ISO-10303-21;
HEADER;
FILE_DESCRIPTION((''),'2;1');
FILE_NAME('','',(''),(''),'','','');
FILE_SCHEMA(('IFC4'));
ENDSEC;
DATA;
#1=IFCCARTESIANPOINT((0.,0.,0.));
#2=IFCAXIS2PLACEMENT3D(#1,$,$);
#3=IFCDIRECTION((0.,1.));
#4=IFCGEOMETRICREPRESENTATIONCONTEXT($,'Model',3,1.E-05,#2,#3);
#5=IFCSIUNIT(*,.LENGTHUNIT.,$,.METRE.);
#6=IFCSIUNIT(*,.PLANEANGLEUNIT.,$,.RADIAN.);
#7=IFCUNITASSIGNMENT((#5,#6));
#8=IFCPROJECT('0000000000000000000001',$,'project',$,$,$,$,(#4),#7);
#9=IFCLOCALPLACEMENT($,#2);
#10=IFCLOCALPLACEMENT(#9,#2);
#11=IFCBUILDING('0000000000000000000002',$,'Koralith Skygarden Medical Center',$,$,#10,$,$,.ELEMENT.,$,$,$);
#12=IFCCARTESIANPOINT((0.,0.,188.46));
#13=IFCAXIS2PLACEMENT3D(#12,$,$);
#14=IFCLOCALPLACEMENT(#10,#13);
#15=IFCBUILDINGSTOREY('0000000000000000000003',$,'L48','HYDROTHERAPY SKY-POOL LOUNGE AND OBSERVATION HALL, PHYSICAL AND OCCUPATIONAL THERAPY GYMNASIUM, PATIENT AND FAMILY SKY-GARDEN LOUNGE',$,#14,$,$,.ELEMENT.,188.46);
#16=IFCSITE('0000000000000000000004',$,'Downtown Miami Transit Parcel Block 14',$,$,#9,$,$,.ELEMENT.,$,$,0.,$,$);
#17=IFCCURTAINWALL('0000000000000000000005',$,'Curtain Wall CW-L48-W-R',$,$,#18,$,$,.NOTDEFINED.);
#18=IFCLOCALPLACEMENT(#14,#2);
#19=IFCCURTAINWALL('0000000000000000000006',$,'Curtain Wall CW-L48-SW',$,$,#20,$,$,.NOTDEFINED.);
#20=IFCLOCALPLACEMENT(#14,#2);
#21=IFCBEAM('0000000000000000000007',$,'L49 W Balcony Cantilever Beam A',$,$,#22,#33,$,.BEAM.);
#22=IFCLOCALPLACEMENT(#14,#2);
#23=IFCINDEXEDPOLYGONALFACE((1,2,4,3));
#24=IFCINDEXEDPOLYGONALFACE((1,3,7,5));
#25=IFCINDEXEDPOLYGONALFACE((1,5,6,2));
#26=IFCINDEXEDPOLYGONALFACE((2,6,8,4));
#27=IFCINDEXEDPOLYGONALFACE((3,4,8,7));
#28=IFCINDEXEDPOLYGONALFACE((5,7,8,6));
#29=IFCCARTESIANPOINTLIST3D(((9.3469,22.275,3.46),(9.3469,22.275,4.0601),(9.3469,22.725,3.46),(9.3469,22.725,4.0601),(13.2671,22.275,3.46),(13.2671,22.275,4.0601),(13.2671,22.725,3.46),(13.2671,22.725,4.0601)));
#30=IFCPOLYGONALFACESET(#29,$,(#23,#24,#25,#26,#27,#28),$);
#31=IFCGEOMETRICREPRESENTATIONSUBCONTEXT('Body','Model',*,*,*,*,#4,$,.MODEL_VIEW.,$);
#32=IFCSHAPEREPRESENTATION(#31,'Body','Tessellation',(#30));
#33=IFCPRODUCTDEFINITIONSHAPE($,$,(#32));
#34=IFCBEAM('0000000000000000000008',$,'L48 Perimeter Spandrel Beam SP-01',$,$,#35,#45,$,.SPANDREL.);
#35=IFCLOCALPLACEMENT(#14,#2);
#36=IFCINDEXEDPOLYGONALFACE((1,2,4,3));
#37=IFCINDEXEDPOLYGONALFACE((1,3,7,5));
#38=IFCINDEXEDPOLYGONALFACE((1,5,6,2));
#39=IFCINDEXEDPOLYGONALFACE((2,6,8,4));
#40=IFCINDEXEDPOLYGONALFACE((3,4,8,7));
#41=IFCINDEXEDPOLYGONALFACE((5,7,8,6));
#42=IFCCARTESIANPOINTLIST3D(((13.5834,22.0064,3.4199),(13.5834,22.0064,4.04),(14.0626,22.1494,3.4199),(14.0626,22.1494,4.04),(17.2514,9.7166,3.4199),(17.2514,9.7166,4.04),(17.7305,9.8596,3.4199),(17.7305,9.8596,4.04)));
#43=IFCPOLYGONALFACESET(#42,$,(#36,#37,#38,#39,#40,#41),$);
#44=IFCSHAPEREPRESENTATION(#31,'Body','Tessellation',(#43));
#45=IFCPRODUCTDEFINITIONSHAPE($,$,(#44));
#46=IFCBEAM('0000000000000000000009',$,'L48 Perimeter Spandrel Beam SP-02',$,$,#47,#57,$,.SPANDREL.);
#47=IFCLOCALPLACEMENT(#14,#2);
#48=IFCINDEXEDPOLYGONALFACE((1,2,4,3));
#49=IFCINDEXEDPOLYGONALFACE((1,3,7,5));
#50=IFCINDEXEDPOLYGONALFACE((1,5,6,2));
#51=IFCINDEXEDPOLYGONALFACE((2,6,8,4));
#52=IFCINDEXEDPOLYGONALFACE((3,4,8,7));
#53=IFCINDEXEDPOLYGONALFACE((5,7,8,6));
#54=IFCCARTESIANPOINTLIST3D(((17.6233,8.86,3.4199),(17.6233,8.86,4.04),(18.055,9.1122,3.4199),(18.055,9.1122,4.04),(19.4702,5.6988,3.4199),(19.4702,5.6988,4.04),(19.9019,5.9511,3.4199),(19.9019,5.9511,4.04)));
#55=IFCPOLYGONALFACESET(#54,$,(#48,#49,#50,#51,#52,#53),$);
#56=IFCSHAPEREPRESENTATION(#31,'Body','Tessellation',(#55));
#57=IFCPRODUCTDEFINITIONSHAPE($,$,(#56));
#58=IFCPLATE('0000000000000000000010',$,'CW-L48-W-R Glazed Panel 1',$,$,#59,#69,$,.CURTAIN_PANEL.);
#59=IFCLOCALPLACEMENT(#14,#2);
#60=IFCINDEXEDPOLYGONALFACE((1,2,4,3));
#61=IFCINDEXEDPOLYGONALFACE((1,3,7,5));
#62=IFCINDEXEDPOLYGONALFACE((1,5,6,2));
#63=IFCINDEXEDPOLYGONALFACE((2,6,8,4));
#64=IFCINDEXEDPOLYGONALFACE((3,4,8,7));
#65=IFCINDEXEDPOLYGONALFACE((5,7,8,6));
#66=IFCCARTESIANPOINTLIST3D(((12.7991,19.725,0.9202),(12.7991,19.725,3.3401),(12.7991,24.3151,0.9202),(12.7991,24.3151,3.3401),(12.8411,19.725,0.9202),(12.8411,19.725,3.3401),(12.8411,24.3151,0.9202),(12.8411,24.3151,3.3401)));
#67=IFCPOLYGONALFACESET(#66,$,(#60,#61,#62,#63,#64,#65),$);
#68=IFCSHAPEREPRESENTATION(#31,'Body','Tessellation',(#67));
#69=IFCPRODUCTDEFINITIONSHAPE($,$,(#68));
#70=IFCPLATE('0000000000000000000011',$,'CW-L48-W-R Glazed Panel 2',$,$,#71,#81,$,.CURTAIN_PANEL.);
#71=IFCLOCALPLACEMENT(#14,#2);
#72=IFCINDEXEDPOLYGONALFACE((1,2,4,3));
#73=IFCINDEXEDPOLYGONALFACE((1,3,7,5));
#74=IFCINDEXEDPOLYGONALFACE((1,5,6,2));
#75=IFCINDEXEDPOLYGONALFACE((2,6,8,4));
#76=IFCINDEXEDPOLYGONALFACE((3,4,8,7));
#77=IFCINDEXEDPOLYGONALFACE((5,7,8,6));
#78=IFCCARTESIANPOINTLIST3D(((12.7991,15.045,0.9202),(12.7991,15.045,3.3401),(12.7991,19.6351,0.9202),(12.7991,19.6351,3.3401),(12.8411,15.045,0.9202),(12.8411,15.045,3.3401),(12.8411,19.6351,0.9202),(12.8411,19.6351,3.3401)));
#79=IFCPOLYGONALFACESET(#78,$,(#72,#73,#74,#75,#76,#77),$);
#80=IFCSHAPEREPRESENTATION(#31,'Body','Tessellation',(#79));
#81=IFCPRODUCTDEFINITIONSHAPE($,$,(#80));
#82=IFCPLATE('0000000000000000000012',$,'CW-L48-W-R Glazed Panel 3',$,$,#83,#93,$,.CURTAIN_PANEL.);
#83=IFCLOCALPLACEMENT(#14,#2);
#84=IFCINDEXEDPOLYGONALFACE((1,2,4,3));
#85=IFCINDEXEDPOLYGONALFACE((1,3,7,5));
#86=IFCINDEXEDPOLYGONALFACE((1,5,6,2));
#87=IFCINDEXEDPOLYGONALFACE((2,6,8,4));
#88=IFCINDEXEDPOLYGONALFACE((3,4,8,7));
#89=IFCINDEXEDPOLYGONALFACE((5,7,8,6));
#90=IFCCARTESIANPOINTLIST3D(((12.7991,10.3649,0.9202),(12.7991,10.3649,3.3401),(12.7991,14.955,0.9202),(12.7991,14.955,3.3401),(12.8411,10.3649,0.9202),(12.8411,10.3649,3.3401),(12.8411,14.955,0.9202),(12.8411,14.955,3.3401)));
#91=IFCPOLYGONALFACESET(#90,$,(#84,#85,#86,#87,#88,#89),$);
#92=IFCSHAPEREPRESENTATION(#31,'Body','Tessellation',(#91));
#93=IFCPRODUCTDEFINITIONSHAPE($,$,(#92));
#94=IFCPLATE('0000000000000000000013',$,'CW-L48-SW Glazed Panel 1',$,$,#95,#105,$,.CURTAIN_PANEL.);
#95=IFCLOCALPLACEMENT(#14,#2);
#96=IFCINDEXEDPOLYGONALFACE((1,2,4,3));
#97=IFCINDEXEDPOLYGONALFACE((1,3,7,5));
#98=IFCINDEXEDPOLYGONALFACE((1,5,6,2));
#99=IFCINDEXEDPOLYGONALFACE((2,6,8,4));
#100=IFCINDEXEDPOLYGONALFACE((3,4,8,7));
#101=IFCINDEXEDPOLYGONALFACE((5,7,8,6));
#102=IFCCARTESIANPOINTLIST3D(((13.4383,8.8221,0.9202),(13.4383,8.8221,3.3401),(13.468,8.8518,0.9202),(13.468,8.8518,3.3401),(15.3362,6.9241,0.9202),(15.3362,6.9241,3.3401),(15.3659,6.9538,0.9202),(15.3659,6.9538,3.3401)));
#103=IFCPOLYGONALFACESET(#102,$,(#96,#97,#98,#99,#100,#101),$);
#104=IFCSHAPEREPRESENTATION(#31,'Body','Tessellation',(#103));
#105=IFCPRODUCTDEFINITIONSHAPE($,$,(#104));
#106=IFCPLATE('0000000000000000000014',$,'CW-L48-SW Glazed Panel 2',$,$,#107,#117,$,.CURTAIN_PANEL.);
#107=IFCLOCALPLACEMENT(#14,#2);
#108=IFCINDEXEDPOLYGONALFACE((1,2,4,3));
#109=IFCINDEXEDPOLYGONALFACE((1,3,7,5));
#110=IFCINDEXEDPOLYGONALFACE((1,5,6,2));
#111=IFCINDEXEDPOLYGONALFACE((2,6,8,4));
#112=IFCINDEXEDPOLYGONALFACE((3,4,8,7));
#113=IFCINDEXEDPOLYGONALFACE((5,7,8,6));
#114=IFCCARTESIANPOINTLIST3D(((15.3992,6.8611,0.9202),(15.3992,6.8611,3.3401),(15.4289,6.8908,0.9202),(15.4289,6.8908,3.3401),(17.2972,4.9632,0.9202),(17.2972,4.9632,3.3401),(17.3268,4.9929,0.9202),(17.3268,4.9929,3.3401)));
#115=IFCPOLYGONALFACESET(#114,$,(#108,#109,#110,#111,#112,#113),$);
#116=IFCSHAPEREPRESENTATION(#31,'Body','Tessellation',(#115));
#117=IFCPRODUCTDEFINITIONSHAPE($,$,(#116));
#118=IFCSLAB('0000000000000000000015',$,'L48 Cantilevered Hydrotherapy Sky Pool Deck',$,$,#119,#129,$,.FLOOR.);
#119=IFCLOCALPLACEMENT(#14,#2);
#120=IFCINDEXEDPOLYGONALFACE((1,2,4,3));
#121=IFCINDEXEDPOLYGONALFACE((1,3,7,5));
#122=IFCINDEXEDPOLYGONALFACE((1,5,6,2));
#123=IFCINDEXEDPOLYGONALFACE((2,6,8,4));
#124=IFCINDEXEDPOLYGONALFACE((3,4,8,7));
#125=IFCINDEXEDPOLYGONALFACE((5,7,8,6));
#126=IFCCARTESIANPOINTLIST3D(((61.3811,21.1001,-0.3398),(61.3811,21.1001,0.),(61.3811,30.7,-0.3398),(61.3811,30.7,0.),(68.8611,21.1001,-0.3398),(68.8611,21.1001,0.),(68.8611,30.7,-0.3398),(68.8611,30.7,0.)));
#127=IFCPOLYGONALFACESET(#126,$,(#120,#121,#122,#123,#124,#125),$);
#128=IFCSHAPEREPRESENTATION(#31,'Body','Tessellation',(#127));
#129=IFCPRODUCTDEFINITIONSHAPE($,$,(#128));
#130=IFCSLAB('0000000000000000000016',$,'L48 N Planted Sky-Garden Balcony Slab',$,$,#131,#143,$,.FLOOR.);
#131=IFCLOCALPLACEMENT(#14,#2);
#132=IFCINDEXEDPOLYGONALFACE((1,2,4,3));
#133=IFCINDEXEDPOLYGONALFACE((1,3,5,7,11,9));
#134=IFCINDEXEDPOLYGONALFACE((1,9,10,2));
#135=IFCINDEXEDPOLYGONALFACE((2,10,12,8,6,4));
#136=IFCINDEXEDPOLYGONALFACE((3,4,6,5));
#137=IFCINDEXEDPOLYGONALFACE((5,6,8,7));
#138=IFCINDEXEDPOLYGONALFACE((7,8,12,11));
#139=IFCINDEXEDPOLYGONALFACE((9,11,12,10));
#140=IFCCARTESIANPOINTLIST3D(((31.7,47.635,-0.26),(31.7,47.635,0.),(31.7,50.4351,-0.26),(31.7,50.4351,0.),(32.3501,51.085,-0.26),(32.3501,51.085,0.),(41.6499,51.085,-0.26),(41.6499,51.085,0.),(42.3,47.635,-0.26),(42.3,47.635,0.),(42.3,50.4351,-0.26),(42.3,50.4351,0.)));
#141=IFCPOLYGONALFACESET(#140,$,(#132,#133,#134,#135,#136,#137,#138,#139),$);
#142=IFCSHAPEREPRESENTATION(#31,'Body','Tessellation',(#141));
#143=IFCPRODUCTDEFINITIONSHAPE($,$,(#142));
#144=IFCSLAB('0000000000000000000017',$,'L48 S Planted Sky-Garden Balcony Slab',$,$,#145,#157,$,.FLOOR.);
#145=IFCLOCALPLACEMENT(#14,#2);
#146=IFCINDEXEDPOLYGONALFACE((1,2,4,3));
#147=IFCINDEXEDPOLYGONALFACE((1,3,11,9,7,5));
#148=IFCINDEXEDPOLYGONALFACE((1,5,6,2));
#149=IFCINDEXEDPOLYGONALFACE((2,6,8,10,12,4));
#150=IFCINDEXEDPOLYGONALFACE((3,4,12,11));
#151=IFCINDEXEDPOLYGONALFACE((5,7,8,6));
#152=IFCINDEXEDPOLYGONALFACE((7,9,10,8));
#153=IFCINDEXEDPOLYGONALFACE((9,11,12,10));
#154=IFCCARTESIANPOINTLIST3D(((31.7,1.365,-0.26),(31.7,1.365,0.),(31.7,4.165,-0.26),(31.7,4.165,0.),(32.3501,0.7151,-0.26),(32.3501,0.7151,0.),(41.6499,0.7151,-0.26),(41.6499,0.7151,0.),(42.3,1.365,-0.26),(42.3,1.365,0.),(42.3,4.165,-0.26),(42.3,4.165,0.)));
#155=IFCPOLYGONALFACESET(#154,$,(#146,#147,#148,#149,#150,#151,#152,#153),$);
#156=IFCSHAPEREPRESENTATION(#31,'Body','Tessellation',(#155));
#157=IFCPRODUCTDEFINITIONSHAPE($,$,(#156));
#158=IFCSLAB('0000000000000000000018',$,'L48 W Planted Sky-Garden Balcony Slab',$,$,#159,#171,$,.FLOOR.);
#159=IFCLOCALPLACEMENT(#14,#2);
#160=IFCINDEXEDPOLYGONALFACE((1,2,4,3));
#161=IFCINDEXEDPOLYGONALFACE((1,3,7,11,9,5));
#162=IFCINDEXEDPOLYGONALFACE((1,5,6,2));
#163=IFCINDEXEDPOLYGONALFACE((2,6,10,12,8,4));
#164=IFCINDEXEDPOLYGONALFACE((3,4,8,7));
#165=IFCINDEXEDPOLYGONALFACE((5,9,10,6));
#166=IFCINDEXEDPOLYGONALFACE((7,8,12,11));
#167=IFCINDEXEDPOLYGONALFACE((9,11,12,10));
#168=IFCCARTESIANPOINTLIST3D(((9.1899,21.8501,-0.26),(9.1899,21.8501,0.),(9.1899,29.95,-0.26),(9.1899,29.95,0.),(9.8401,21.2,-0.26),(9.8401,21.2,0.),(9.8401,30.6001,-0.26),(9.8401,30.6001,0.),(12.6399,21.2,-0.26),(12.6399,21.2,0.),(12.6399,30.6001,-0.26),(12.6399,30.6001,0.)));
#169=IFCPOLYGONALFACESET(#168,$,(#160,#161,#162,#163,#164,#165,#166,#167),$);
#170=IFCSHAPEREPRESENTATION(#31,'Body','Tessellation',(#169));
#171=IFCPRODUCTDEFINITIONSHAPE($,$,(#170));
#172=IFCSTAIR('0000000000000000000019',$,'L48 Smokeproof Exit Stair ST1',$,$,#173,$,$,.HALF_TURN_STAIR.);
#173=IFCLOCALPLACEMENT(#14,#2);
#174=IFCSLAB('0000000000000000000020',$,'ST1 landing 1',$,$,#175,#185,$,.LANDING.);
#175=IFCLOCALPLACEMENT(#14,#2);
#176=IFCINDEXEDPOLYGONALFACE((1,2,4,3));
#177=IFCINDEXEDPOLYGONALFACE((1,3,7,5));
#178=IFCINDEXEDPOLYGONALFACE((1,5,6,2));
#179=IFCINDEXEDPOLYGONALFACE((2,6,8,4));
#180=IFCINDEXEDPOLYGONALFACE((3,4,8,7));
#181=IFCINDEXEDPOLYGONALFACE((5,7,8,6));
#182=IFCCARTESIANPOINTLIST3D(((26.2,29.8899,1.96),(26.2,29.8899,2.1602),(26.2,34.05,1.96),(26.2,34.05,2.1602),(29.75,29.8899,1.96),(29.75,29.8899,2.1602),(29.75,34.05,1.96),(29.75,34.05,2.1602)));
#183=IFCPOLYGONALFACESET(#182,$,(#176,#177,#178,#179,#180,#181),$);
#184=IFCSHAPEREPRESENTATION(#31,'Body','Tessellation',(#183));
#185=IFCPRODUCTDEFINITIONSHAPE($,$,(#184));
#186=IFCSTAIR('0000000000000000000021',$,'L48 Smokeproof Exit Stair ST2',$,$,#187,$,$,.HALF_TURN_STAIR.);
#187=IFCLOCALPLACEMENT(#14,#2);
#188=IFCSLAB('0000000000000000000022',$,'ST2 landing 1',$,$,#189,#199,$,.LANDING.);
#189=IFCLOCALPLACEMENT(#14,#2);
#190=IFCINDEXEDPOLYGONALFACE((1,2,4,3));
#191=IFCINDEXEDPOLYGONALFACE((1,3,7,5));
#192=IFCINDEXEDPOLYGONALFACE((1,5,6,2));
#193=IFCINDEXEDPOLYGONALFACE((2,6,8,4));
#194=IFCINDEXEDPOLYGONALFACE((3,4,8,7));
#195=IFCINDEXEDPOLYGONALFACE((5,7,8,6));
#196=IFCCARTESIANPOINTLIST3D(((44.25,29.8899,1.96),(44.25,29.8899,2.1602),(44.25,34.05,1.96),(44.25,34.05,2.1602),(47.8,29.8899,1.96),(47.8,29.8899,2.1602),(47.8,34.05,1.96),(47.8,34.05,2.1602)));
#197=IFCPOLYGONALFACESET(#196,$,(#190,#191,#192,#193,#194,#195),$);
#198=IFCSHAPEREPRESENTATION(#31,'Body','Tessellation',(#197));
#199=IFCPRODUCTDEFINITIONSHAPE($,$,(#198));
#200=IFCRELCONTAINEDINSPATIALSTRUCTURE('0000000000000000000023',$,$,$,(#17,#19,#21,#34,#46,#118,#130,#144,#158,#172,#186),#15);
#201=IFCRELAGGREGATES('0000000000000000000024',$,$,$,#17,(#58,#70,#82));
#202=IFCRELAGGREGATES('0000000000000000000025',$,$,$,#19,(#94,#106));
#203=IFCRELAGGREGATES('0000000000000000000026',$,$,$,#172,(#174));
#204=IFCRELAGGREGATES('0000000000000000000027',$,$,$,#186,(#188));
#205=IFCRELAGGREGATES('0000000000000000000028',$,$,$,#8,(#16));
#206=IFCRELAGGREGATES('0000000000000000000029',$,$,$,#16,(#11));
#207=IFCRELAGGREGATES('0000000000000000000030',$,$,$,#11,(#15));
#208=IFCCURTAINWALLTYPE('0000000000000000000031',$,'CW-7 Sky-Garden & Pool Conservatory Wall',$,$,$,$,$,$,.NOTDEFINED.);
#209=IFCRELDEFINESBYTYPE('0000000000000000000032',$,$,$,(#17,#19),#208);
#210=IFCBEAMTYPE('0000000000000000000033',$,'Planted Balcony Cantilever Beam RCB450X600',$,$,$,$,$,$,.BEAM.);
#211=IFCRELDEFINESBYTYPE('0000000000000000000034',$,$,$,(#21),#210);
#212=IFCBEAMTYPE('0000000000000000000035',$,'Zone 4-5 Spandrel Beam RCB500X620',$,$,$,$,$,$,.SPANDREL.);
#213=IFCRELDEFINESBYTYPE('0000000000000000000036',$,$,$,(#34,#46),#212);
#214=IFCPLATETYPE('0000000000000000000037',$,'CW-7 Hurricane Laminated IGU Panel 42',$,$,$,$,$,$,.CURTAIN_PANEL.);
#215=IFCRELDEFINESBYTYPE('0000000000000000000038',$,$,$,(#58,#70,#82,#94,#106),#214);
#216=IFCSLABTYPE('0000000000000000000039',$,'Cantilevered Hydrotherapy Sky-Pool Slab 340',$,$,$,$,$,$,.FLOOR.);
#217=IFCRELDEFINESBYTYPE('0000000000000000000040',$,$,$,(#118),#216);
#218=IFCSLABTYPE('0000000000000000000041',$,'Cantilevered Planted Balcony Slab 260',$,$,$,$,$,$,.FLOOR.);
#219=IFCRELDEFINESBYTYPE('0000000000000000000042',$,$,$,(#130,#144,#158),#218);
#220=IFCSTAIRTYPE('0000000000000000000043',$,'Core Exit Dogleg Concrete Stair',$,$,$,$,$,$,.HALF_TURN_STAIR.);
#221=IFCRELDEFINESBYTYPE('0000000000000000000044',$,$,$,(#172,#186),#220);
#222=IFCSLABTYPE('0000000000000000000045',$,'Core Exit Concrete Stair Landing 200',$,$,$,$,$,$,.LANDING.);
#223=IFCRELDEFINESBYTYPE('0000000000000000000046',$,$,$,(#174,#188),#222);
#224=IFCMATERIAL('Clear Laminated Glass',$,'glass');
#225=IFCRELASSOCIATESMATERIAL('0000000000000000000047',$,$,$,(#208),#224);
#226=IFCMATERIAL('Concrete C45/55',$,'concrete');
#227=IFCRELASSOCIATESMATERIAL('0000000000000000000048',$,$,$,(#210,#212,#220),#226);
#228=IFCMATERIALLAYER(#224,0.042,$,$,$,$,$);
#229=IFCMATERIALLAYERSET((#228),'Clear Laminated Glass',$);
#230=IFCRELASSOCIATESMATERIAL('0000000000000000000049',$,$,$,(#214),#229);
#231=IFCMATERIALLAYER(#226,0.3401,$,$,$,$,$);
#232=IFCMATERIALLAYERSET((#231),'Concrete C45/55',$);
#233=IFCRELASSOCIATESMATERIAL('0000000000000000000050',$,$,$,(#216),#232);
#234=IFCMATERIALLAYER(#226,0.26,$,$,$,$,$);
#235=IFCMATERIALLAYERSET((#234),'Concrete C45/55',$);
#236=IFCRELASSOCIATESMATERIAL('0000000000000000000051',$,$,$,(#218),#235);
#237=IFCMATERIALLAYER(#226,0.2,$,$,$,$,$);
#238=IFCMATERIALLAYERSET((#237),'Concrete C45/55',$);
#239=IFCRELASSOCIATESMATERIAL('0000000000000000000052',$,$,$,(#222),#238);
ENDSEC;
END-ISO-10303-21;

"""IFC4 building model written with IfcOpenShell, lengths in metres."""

from ifc_helpers import new_model, si_unit, direction, frame, origin, origin_2d, place, context, subcontext, project, spatial, polyline, rectangle, outline, extrude, material, layer, layer_set, material_profile, profile_set, type_object, element, aggregate, save


model = new_model("IFC4")

# Units and contexts
model_context = context("Model", 3, precision=1e-05, world=origin(), true_north=direction((0.0, 1.0)))
body_context = subcontext(model_context, "Body", "Model", "MODEL_VIEW")
ifc_project = project(units=[si_unit("LENGTHUNIT", "METRE"), si_unit("PLANEANGLEUNIT", "RADIAN")], contexts=[model_context])

# Site, building, storey
site_placement = place(None, origin())
site = spatial("IfcSite", under=ifc_project, at=site_placement, Name="Downtown Miami Transit Parcel Block 14", CompositionType="ELEMENT", RefElevation=0.0)
building_placement = place(site_placement, origin())
building = spatial("IfcBuilding", under=site, at=building_placement, Name="Koralith Skygarden Medical Center", CompositionType="ELEMENT")
storey_placement = place(building_placement, frame((0.0, 0.0, 188.46)))
storey = spatial("IfcBuildingStorey", under=building, at=storey_placement, Name="L48", Description="HYDROTHERAPY SKY-POOL LOUNGE AND OBSERVATION HALL, PHYSICAL AND OCCUPATIONAL THERAPY GYMNASIUM, PATIENT AND FAMILY SKY-GARDEN LOUNGE", CompositionType="ELEMENT", Elevation=188.46)

# Curtain walls
ifc_material_1 = material(Name="Clear Laminated Glass", Category="glass")
curtain_wall_type = type_object("IfcCurtainWallType", Name="CW-7 Sky-Garden & Pool Conservatory Wall", PredefinedType="NOTDEFINED", material=ifc_material_1)
curtain_wall_1_placement = place(storey_placement, origin())
curtain_wall_1 = element("IfcCurtainWall", 1, at=curtain_wall_1_placement, inside=storey, type_object=curtain_wall_type, Name="Curtain Wall CW-L48-W-R", PredefinedType="NOTDEFINED")
curtain_wall_2_placement = place(storey_placement, origin())
curtain_wall_2 = element("IfcCurtainWall", 2, at=curtain_wall_2_placement, inside=storey, type_object=curtain_wall_type, Name="Curtain Wall CW-L48-SW", PredefinedType="NOTDEFINED")

# Beams
ifc_material_2 = material(Name="Concrete C45/55", Category="concrete")
ifc_material_profile_1 = material_profile(ifc_material_2, rectangle(XDim=0.45, YDim=0.6001, at=origin_2d()), Name="RCB450X600")
ifc_profile_set_1 = profile_set([ifc_material_profile_1], Name="Concrete C45/55")
beam_type_1 = type_object("IfcBeamType", Name="Planted Balcony Cantilever Beam RCB450X600", PredefinedType="BEAM", material=ifc_profile_set_1)
beam_1_placement = place(storey_placement, frame((13.2671, 22.5, 3.76), z_axis=(-1.0, 0.0, 0.0), x_axis=(0.0, -1.0, 0.0)))
element("IfcBeam", 3, at=beam_1_placement, inside=storey, type_object=beam_type_1, Name="L49 W Balcony Cantilever Beam A", PredefinedType="BEAM", context=body_context, shape_type="SweptSolid", body=[
    extrude(rectangle(XDim=0.45, YDim=0.6001, at=origin_2d()), origin(), (0.0, 0.0, 1.0), 3.9202),
])
ifc_material_profile_2 = material_profile(ifc_material_2, rectangle(XDim=0.5, YDim=0.6201, at=origin_2d()), Name="RCB500X620")
ifc_profile_set_2 = profile_set([ifc_material_profile_2], Name="Concrete C45/55")
beam_type_2 = type_object("IfcBeamType", Name="Zone 4-5 Spandrel Beam RCB500X620", PredefinedType="SPANDREL", material=ifc_profile_set_2)
beam_2_placement = place(storey_placement, frame((13.823, 22.0779, 3.73), z_axis=(0.285991, -0.958232, 0.0), x_axis=(0.958232, 0.285991, 0.0)))
element("IfcBeam", 4, at=beam_2_placement, inside=storey, type_object=beam_type_2, Name="L48 Perimeter Spandrel Beam SP-01", PredefinedType="SPANDREL", context=body_context, shape_type="SweptSolid", body=[
    extrude(rectangle(XDim=0.5, YDim=0.6201, at=origin_2d()), origin(), (0.0, 0.0, 1.0), 12.8254),
])
beam_3_placement = place(storey_placement, frame((17.8391, 8.9861, 3.73), z_axis=(0.504468, -0.86343, 0.0), x_axis=(0.86343, 0.504468, 0.0)))
element("IfcBeam", 5, at=beam_3_placement, inside=storey, type_object=beam_type_2, Name="L48 Perimeter Spandrel Beam SP-02", PredefinedType="SPANDREL", context=body_context, shape_type="SweptSolid", body=[
    extrude(rectangle(XDim=0.5, YDim=0.6201, at=origin_2d()), origin(), (0.0, 0.0, 1.0), 3.6611),
])

# Plates
ifc_layer_1 = layer(ifc_material_1, 0.042)
ifc_layer_set_1 = layer_set([ifc_layer_1], Name="Clear Laminated Glass")
plate_type_1 = type_object("IfcPlateType", Name="CW-7 Hurricane Laminated IGU Panel 42", PredefinedType="CURTAIN_PANEL", material=ifc_layer_set_1)
plate_1_placement = place(storey_placement, frame((12.8201, 22.02, 0.9202), z_axis=(0.0, 0.0, 1.0), x_axis=(0.0, -1.0, 0.0)))
plate_1 = element("IfcPlate", 6, at=plate_1_placement, type_object=plate_type_1, Name="CW-L48-W-R Glazed Panel 1", PredefinedType="CURTAIN_PANEL", context=body_context, shape_type="SweptSolid", body=[
    extrude(rectangle(XDim=4.5901, YDim=0.042, at=origin_2d()), origin(), (0.0, 0.0, 1.0), 2.4199),
])
plate_2_placement = place(storey_placement, frame((12.8201, 17.3401, 0.9202), z_axis=(0.0, 0.0, 1.0), x_axis=(0.0, -1.0, 0.0)))
plate_2 = element("IfcPlate", 7, at=plate_2_placement, type_object=plate_type_1, Name="CW-L48-W-R Glazed Panel 2", PredefinedType="CURTAIN_PANEL", context=body_context, shape_type="SweptSolid", body=[
    extrude(rectangle(XDim=4.5901, YDim=0.042, at=origin_2d()), origin(), (0.0, 0.0, 1.0), 2.4199),
])
plate_3_placement = place(storey_placement, frame((12.8201, 12.6599, 0.9202), z_axis=(0.0, 0.0, 1.0), x_axis=(0.0, -1.0, 0.0)))
plate_3 = element("IfcPlate", 8, at=plate_3_placement, type_object=plate_type_1, Name="CW-L48-W-R Glazed Panel 3", PredefinedType="CURTAIN_PANEL", context=body_context, shape_type="SweptSolid", body=[
    extrude(rectangle(XDim=4.5901, YDim=0.042, at=origin_2d()), origin(), (0.0, 0.0, 1.0), 2.4199),
])
aggregate(curtain_wall_1, [plate_1, plate_2, plate_3])
plate_4_placement = place(storey_placement, frame((14.4021, 7.8879, 0.9202), z_axis=(0.0, 0.0, 1.0), x_axis=(0.707107, -0.707107, 0.0)))
plate_4 = element("IfcPlate", 9, at=plate_4_placement, type_object=plate_type_1, Name="CW-L48-SW Glazed Panel 1", PredefinedType="CURTAIN_PANEL", context=body_context, shape_type="SweptSolid", body=[
    extrude(rectangle(XDim=2.6841, YDim=0.042, at=origin_2d()), origin(), (0.0, 0.0, 1.0), 2.4199),
])
plate_5_placement = place(storey_placement, frame((16.363, 5.927, 0.9202), z_axis=(0.0, 0.0, 1.0), x_axis=(0.707107, -0.707107, 0.0)))
plate_5 = element("IfcPlate", 10, at=plate_5_placement, type_object=plate_type_1, Name="CW-L48-SW Glazed Panel 2", PredefinedType="CURTAIN_PANEL", context=body_context, shape_type="SweptSolid", body=[
    extrude(rectangle(XDim=2.6841, YDim=0.042, at=origin_2d()), origin(), (0.0, 0.0, 1.0), 2.4199),
])
aggregate(curtain_wall_2, [plate_4, plate_5])

# Slabs
ifc_layer_2 = layer(ifc_material_2, 0.3401)
ifc_layer_set_2 = layer_set([ifc_layer_2], Name="Concrete C45/55")
slab_type_1 = type_object("IfcSlabType", Name="Cantilevered Hydrotherapy Sky-Pool Slab 340", PredefinedType="FLOOR", material=ifc_layer_set_2)
slab_1_placement = place(storey_placement, frame((0.0, 0.0, -0.3398)))
element("IfcSlab", 11, at=slab_1_placement, inside=storey, type_object=slab_type_1, Name="L48 Cantilevered Hydrotherapy Sky Pool Deck", PredefinedType="FLOOR", context=body_context, shape_type="SweptSolid", body=[
    extrude(outline(polyline([(61.3811, 21.1001), (68.8611, 21.1001), (68.8611, 30.7), (61.3811, 30.7), (61.3811, 21.1001)])), origin(), (0.0, 0.0, 1.0), 0.3398),
])
ifc_layer_3 = layer(ifc_material_2, 0.26)
ifc_layer_set_3 = layer_set([ifc_layer_3], Name="Concrete C45/55")
slab_type_2 = type_object("IfcSlabType", Name="Cantilevered Planted Balcony Slab 260", PredefinedType="FLOOR", material=ifc_layer_set_3)
slab_2_placement = place(storey_placement, frame((0.0, 0.0, -0.26)))
element("IfcSlab", 12, at=slab_2_placement, inside=storey, type_object=slab_type_2, Name="L48 N Planted Sky-Garden Balcony Slab", PredefinedType="FLOOR", context=body_context, shape_type="SweptSolid", body=[
    extrude(outline(polyline([(31.7, 47.635), (42.3, 47.635), (42.3, 50.4351), (41.6499, 51.085), (32.3501, 51.085), (31.7, 50.4351), (31.7, 47.635)])), origin(), (0.0, 0.0, 1.0), 0.26),
])
slab_3_placement = place(storey_placement, frame((0.0, 0.0, -0.26)))
element("IfcSlab", 13, at=slab_3_placement, inside=storey, type_object=slab_type_2, Name="L48 S Planted Sky-Garden Balcony Slab", PredefinedType="FLOOR", context=body_context, shape_type="SweptSolid", body=[
    extrude(outline(polyline([(32.3501, 0.7151), (41.6499, 0.7151), (42.3, 1.365), (42.3, 4.165), (31.7, 4.165), (31.7, 1.365), (32.3501, 0.7151)])), origin(), (0.0, 0.0, 1.0), 0.26),
])
slab_4_placement = place(storey_placement, frame((0.0, 0.0, -0.26)))
element("IfcSlab", 14, at=slab_4_placement, inside=storey, type_object=slab_type_2, Name="L48 W Planted Sky-Garden Balcony Slab", PredefinedType="FLOOR", context=body_context, shape_type="SweptSolid", body=[
    extrude(outline(polyline([(9.8401, 21.2), (12.6399, 21.2), (12.6399, 30.6001), (9.8401, 30.6001), (9.1899, 29.95), (9.1899, 21.8501), (9.8401, 21.2)])), origin(), (0.0, 0.0, 1.0), 0.26),
])

# Stairs, slabs
stair_type = type_object("IfcStairType", Name="Core Exit Dogleg Concrete Stair", PredefinedType="HALF_TURN_STAIR", material=ifc_material_2)
stair_1_placement = place(storey_placement, origin())
stair_1 = element("IfcStair", 15, at=stair_1_placement, inside=storey, type_object=stair_type, Name="L48 Smokeproof Exit Stair ST1", PredefinedType="HALF_TURN_STAIR")
ifc_layer_4 = layer(ifc_material_2, 0.2)
ifc_layer_set_4 = layer_set([ifc_layer_4], Name="Concrete C45/55")
slab_type_3 = type_object("IfcSlabType", Name="Core Exit Concrete Stair Landing 200", PredefinedType="LANDING", material=ifc_layer_set_4)
slab_5_placement = place(storey_placement, frame((0.0, 0.0, 1.96)))
slab_5 = element("IfcSlab", 16, at=slab_5_placement, type_object=slab_type_3, Name="ST1 landing 1", PredefinedType="LANDING", context=body_context, shape_type="SweptSolid", body=[
    extrude(outline(polyline([(29.75, 29.8899), (29.75, 34.05), (26.2, 34.05), (26.2, 29.8899), (29.75, 29.8899)])), origin(), (0.0, 0.0, 1.0), 0.2002),
])
aggregate(stair_1, [slab_5])
stair_2_placement = place(storey_placement, origin())
stair_2 = element("IfcStair", 17, at=stair_2_placement, inside=storey, type_object=stair_type, Name="L48 Smokeproof Exit Stair ST2", PredefinedType="HALF_TURN_STAIR")
slab_6_placement = place(storey_placement, frame((0.0, 0.0, 1.96)))
slab_6 = element("IfcSlab", 18, at=slab_6_placement, type_object=slab_type_3, Name="ST2 landing 1", PredefinedType="LANDING", context=body_context, shape_type="SweptSolid", body=[
    extrude(outline(polyline([(47.8, 29.8899), (47.8, 34.05), (44.25, 34.05), (44.25, 29.8899), (47.8, 29.8899)])), origin(), (0.0, 0.0, 1.0), 0.2002),
])
aggregate(stair_2, [slab_6])

save(model, "model.ifc")
